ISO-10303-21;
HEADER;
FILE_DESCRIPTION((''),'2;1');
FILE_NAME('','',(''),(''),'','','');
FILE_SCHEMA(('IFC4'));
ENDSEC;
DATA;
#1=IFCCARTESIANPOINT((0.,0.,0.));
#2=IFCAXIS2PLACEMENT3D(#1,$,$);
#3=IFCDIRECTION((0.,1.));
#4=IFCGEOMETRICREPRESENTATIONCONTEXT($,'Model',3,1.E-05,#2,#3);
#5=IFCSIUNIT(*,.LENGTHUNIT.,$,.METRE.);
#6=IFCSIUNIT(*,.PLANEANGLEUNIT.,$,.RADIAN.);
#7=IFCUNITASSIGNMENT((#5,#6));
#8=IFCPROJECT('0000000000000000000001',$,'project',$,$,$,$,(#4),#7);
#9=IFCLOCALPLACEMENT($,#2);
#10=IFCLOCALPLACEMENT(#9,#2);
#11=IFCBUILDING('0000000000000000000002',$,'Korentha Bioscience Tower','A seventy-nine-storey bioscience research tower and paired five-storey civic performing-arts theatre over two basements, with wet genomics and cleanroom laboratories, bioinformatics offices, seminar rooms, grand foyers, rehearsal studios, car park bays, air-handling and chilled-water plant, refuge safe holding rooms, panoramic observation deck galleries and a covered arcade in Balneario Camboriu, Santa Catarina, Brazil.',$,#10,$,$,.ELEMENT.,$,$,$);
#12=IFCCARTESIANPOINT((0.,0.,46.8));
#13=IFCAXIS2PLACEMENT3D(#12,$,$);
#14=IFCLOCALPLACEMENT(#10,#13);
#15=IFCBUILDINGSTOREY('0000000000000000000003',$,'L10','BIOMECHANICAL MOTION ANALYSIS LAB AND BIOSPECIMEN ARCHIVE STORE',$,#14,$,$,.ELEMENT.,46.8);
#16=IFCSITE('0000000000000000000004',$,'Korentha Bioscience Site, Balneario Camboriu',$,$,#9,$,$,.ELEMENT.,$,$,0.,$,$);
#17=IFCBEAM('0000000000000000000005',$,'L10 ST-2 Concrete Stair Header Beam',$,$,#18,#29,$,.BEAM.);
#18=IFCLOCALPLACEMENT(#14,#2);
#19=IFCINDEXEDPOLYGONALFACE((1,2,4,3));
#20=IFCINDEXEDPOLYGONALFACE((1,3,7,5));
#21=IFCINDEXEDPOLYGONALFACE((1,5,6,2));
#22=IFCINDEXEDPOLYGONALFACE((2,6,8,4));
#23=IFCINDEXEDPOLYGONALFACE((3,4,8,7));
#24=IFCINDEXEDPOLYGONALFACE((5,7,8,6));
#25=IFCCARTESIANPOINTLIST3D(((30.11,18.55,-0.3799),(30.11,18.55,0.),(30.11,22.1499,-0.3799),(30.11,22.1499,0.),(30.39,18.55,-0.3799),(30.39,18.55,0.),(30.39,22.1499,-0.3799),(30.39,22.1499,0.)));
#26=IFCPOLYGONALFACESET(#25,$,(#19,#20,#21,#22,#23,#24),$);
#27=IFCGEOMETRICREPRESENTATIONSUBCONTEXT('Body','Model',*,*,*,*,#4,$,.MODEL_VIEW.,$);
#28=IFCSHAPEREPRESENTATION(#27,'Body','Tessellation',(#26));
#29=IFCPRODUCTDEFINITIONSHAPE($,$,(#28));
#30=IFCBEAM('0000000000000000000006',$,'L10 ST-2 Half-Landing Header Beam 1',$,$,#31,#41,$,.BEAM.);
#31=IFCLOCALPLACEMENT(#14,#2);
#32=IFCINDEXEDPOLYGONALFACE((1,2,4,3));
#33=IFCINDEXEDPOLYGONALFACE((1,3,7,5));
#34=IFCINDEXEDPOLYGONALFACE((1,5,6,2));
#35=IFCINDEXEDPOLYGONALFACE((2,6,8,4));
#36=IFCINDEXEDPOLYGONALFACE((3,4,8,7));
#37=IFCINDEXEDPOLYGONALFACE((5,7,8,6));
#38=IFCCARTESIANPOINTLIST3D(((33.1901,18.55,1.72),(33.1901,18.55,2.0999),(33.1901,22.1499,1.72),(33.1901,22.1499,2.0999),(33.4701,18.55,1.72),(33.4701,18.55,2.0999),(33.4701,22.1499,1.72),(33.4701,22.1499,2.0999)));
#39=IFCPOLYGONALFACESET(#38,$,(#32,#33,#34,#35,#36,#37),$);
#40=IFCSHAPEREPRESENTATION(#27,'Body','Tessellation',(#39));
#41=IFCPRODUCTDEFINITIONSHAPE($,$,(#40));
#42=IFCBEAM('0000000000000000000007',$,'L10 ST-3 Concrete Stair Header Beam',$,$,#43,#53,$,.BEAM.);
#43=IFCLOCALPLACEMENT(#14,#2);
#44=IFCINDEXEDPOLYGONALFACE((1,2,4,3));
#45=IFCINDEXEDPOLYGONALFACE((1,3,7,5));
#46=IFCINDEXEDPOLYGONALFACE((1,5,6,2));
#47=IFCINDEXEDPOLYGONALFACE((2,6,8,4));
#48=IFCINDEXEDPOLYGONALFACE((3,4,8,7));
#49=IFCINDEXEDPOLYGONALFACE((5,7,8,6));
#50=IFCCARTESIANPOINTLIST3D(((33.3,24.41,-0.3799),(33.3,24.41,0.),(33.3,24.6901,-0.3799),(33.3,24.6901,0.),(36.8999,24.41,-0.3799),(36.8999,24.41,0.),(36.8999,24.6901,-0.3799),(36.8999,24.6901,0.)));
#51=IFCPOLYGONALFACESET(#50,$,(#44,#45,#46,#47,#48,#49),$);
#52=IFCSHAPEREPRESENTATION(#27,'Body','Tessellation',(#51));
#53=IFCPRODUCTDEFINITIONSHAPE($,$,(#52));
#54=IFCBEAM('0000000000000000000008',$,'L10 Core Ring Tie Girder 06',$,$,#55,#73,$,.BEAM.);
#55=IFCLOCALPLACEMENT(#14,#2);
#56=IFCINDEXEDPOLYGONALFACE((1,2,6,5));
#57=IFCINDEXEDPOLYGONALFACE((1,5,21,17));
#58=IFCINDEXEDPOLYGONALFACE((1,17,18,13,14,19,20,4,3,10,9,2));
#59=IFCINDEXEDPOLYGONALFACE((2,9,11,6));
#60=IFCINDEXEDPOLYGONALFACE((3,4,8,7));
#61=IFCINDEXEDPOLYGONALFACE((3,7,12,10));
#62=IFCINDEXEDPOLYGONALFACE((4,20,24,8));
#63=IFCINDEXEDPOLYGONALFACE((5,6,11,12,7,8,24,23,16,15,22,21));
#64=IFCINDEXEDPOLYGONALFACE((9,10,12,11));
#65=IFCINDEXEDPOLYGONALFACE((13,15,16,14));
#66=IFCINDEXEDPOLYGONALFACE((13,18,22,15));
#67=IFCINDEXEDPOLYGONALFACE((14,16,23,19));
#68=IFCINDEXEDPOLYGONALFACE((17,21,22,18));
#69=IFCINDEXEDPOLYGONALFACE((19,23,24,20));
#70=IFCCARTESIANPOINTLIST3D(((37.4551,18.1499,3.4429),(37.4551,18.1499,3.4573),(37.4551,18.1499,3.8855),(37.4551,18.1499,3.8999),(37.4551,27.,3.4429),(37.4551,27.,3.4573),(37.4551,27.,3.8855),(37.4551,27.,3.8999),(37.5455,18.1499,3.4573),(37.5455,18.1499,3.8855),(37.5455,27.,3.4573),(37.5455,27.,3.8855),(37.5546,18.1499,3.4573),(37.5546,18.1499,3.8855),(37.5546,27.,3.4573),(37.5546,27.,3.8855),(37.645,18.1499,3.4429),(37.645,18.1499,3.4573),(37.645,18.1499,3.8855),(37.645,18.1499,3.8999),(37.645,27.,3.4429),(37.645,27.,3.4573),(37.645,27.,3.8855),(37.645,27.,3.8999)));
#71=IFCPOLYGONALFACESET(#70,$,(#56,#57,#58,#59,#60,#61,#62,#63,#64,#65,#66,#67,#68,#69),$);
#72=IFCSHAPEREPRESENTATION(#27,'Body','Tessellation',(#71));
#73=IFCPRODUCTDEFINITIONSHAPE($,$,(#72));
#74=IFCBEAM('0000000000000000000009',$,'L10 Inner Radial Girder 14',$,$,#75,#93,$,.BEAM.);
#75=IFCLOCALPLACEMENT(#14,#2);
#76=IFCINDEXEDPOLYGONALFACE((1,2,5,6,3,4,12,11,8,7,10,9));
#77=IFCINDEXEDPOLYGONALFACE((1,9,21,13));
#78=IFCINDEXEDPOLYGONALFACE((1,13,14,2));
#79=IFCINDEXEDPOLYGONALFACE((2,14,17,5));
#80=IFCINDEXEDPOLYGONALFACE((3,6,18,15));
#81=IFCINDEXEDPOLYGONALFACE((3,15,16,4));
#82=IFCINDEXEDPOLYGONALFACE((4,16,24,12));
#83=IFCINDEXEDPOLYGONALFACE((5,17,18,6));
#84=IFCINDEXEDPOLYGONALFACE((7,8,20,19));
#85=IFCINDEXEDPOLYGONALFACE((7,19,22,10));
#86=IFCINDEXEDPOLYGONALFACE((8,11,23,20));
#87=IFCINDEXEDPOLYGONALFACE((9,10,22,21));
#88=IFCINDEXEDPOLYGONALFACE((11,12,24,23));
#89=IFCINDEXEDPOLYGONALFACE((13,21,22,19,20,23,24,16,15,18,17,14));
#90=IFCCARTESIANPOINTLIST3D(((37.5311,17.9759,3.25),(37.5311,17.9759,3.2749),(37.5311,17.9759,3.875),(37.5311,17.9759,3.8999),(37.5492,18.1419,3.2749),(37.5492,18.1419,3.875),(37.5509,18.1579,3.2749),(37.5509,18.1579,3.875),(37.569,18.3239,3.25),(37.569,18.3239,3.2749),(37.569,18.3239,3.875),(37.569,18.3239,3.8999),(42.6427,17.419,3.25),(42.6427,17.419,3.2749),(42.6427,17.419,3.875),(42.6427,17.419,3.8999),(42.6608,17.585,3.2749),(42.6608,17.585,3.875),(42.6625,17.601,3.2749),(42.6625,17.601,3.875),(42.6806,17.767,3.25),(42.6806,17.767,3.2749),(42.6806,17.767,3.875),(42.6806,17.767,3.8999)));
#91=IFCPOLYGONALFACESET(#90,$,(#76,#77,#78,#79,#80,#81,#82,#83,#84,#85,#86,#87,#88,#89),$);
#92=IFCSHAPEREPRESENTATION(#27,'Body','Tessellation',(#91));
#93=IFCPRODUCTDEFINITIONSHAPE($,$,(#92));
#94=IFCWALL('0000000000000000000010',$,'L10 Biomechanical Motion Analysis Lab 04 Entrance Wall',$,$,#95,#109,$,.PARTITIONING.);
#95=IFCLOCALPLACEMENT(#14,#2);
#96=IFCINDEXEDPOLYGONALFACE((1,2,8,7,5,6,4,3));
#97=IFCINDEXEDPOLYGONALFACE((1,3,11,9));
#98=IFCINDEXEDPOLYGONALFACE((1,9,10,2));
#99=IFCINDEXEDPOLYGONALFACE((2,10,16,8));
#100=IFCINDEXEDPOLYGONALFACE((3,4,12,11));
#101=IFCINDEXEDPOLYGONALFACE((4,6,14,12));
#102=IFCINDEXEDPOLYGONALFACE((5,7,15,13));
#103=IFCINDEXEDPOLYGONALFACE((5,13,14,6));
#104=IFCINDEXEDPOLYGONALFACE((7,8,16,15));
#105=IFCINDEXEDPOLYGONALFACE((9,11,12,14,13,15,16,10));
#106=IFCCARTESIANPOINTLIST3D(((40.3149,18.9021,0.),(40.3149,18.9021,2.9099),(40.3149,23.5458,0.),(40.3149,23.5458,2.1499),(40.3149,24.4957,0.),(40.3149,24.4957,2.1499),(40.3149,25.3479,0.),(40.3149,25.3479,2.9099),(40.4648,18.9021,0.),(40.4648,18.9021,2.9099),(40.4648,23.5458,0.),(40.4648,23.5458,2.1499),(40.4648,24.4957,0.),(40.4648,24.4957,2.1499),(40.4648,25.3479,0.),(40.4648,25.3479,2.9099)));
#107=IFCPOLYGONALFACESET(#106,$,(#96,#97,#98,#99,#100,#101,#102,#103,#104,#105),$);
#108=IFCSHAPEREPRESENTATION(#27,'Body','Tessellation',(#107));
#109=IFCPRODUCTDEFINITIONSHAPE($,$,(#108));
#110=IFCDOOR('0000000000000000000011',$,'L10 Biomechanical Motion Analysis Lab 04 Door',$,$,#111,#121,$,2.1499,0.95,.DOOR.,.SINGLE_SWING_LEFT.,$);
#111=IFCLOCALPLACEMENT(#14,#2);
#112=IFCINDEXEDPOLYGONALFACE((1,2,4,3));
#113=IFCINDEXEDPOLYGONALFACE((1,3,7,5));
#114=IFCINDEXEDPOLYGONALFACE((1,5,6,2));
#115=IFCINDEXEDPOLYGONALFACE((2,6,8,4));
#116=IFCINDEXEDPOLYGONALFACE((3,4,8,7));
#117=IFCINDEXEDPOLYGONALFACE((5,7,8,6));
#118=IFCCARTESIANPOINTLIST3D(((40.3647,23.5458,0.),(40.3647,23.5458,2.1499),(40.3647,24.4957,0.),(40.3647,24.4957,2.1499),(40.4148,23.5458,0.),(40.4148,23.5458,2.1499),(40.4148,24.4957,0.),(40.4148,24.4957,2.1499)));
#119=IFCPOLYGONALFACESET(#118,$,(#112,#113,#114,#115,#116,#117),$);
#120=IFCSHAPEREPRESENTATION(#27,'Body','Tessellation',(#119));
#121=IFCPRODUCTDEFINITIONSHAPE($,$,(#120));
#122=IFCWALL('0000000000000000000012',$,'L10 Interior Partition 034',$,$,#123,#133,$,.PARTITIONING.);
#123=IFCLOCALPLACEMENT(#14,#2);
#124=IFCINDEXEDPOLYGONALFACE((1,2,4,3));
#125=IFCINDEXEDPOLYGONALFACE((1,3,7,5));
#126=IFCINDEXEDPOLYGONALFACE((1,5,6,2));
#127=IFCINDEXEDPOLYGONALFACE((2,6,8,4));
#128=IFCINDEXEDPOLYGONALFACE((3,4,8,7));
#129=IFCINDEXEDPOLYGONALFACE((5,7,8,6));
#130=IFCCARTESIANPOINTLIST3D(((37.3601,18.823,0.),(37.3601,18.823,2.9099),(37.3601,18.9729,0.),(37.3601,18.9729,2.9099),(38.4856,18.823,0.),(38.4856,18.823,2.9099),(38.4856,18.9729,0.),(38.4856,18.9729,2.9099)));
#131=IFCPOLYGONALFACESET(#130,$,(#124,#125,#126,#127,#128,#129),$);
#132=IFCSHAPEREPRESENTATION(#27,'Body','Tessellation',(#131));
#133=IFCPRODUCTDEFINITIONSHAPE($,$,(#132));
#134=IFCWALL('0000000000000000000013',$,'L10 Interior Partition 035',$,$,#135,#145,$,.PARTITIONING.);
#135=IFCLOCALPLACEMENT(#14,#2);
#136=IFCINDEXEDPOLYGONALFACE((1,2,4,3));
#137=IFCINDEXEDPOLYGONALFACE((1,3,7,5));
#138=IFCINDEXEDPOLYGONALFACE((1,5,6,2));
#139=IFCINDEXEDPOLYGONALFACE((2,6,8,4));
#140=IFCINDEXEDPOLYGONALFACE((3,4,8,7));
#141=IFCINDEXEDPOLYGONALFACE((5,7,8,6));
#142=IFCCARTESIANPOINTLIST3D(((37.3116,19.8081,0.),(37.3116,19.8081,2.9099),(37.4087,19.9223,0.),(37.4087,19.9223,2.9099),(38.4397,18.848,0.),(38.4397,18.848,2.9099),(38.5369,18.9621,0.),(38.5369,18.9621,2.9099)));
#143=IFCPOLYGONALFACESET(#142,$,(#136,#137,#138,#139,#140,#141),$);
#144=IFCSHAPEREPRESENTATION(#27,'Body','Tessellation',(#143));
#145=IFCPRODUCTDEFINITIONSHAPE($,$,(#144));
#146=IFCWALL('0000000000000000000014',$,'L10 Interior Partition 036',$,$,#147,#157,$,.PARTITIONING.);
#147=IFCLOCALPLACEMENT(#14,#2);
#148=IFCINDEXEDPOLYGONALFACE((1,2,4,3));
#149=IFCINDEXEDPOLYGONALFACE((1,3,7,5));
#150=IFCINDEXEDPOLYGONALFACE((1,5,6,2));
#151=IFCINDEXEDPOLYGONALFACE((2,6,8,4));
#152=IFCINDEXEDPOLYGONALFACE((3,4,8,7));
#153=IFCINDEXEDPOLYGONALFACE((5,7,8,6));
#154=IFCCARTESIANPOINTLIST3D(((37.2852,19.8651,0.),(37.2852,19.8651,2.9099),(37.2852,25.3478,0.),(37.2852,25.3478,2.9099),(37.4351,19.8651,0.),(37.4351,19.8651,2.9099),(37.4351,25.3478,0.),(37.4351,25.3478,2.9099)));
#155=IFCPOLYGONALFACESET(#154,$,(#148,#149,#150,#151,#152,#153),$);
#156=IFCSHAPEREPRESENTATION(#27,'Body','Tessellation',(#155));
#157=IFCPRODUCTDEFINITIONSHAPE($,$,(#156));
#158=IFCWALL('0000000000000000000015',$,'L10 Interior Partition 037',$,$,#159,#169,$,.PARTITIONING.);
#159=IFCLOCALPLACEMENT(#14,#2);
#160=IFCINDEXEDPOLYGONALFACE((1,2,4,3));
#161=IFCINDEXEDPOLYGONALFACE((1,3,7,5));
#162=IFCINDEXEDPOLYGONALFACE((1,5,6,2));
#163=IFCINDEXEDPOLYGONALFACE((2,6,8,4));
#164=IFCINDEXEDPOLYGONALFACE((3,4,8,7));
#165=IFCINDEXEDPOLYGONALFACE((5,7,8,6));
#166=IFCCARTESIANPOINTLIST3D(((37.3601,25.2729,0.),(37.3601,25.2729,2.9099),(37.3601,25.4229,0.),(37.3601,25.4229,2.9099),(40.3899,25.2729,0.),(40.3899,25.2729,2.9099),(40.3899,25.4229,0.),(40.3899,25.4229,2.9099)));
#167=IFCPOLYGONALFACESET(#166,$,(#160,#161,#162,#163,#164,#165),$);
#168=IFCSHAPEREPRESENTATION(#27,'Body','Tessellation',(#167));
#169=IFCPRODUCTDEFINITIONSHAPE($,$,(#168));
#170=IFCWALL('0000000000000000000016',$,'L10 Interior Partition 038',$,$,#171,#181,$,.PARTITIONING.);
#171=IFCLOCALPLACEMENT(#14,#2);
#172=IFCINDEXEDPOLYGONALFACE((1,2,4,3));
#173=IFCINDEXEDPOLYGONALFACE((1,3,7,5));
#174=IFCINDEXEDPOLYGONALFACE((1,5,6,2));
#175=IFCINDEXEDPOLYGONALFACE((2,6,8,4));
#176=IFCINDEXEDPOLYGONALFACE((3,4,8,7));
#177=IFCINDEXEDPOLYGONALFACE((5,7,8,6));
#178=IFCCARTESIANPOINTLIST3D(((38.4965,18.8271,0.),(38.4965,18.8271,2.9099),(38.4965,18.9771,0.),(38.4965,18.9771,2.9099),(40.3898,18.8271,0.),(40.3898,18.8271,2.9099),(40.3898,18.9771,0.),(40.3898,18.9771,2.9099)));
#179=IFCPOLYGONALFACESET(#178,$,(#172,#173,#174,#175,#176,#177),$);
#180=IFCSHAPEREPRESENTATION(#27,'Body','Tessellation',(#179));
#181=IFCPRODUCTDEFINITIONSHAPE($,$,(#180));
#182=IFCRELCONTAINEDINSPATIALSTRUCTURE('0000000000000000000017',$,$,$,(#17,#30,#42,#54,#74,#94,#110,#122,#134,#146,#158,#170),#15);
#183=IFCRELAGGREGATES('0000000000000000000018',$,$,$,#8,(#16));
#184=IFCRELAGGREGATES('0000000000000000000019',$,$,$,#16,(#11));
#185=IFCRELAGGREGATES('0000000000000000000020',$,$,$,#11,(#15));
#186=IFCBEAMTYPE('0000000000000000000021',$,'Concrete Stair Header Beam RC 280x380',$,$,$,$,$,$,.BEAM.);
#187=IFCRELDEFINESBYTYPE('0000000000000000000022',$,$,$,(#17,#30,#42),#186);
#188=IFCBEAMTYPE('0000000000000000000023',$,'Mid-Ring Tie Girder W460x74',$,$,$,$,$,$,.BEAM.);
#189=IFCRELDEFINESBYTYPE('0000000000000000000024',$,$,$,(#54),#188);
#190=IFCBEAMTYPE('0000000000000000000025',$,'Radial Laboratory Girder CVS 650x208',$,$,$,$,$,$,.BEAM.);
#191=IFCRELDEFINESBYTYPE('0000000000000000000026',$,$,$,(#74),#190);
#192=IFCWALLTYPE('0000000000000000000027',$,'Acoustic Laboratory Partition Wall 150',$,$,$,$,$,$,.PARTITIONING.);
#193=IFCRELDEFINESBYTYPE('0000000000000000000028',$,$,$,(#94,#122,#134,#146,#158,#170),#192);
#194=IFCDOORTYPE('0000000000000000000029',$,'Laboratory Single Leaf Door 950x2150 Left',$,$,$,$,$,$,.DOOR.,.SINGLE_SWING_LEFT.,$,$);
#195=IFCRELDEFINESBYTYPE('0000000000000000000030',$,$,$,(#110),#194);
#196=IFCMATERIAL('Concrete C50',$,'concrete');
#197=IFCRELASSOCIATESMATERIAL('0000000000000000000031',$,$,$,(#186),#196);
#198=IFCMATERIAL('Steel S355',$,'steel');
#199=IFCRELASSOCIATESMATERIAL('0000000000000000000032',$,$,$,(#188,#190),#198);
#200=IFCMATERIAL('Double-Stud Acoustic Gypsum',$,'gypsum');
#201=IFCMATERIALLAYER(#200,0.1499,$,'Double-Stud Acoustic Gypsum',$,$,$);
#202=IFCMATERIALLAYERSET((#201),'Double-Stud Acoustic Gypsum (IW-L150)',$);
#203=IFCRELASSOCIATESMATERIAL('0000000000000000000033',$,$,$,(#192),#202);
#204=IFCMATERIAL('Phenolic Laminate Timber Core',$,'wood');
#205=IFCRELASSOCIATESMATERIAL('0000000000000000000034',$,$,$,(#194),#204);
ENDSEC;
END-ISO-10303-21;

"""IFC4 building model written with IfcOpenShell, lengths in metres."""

from ifc_helpers import new_model, si_unit, direction, frame, frame_2d, origin, origin_2d, place, context, subcontext, project, spatial, rectangle, i_section, extrude, material, layer, layer_set, material_profile, profile_set, type_object, element, fill, save


model = new_model("IFC4")

# Units and contexts
model_context = context("Model", 3, precision=1e-05, world=origin(), true_north=direction((0.0, 1.0)))
body_context = subcontext(model_context, "Body", "Model", "MODEL_VIEW")
ifc_project = project(units=[si_unit("LENGTHUNIT", "METRE"), si_unit("PLANEANGLEUNIT", "RADIAN")], contexts=[model_context])

# Site, building, storey
site_placement = place(None, origin())
site = spatial("IfcSite", under=ifc_project, at=site_placement, Name="Korentha Bioscience Site, Balneario Camboriu", CompositionType="ELEMENT", RefElevation=0.0)
building_placement = place(site_placement, origin())
building = spatial("IfcBuilding", under=site, at=building_placement, Name="Korentha Bioscience Tower", Description="A seventy-nine-storey bioscience research tower and paired five-storey civic performing-arts theatre over two basements, with wet genomics and cleanroom laboratories, bioinformatics offices, seminar rooms, grand foyers, rehearsal studios, car park bays, air-handling and chilled-water plant, refuge safe holding rooms, panoramic observation deck galleries and a covered arcade in Balneario Camboriu, Santa Catarina, Brazil.", CompositionType="ELEMENT")
storey_placement = place(building_placement, frame((0.0, 0.0, 46.8)))
storey = spatial("IfcBuildingStorey", under=building, at=storey_placement, Name="L10", Description="BIOMECHANICAL MOTION ANALYSIS LAB AND BIOSPECIMEN ARCHIVE STORE", CompositionType="ELEMENT", Elevation=46.8)

# Beams
ifc_material_1 = material(Name="Concrete C50", Category="concrete")
ifc_material_profile_1 = material_profile(ifc_material_1, rectangle(XDim=0.28, YDim=0.3799, at=origin_2d()), Name="Concrete C50")
ifc_profile_set_1 = profile_set([ifc_material_profile_1], Name="Concrete C50 (ST-HB380)")
beam_type_1 = type_object("IfcBeamType", Name="Concrete Stair Header Beam RC 280x380", PredefinedType="BEAM", material=ifc_profile_set_1)
for number, where, z_axis, x_axis, name in (
    (1, (30.25, 18.55, -0.1899), (0.0, 1.0, 0.0), (-1.0, 0.0, 0.0), "L10 ST-2 Concrete Stair Header Beam"),
    (2, (33.3301, 18.55, 1.9099), (0.0, 1.0, 0.0), (-1.0, 0.0, 0.0), "L10 ST-2 Half-Landing Header Beam 1"),
    (3, (36.8999, 24.55, -0.1899), (-1.0, 0.0, 0.0), (0.0, -1.0, 0.0), "L10 ST-3 Concrete Stair Header Beam"),
):
    element("IfcBeam", number, at=place(storey_placement, frame(where, z_axis=z_axis, x_axis=x_axis)), inside=storey, type_object=beam_type_1, Name=name, PredefinedType="BEAM", context=body_context, shape_type="SweptSolid", body=[
        extrude(rectangle(XDim=0.28, YDim=0.3799, at=origin_2d()), origin(), (0.0, 0.0, 1.0), 3.5999),
    ])
ifc_material_2 = material(Name="Steel S355", Category="steel")
ifc_material_profile_2 = material_profile(ifc_material_2, i_section(OverallWidth=0.1899, OverallDepth=0.457, WebThickness=0.009, FlangeThickness=0.0144, at=origin_2d()), Name="Steel S355")
ifc_profile_set_2 = profile_set([ifc_material_profile_2], Name="Steel S355 (MB-460)")
beam_type_2 = type_object("IfcBeamType", Name="Mid-Ring Tie Girder W460x74", PredefinedType="BEAM", material=ifc_profile_set_2)
beam_1_placement = place(storey_placement, frame((37.55, 18.1499, 3.6714), z_axis=(0.0, 1.0, 0.0), x_axis=(-1.0, 0.0, 0.0)))
element("IfcBeam", 4, at=beam_1_placement, inside=storey, type_object=beam_type_2, Name="L10 Core Ring Tie Girder 06", PredefinedType="BEAM", context=body_context, shape_type="SweptSolid", body=[
    extrude(i_section(OverallWidth=0.1899, OverallDepth=0.457, WebThickness=0.009, FlangeThickness=0.0144, at=origin_2d()), origin(), (0.0, 0.0, 1.0), 8.8501),
])
ifc_material_profile_3 = material_profile(ifc_material_2, i_section(OverallWidth=0.3501, OverallDepth=0.6499, WebThickness=0.0161, FlangeThickness=0.0249, at=origin_2d()), Name="Steel S355")
ifc_profile_set_3 = profile_set([ifc_material_profile_3], Name="Steel S355 (RB-650)")
beam_type_3 = type_object("IfcBeamType", Name="Radial Laboratory Girder CVS 650x208", PredefinedType="BEAM", material=ifc_profile_set_3)
beam_2_placement = place(storey_placement, frame((37.55, 18.1499, 3.575), z_axis=(0.994118, -0.108305, 0.0), x_axis=(0.108305, 0.994118, 0.0)))
element("IfcBeam", 5, at=beam_2_placement, inside=storey, type_object=beam_type_3, Name="L10 Inner Radial Girder 14", PredefinedType="BEAM", context=body_context, shape_type="SweptSolid", body=[
    extrude(i_section(OverallWidth=0.3501, OverallDepth=0.6499, WebThickness=0.0161, FlangeThickness=0.0249, at=origin_2d()), origin(), (0.0, 0.0, 1.0), 5.1418),
])

# Wall, opening, door
ifc_material_3 = material(Name="Double-Stud Acoustic Gypsum", Category="gypsum")
ifc_layer_1 = layer(ifc_material_3, 0.1499, Name="Double-Stud Acoustic Gypsum")
ifc_layer_set_1 = layer_set([ifc_layer_1], Name="Double-Stud Acoustic Gypsum (IW-L150)")
wall_type_1 = type_object("IfcWallType", Name="Acoustic Laboratory Partition Wall 150", PredefinedType="PARTITIONING", material=ifc_layer_set_1)
wall_1_placement = place(storey_placement, frame((40.3899, 25.3479, 0.0), z_axis=(0.0, 0.0, 1.0), x_axis=(0.0, -1.0, 0.0)))
wall_1 = element("IfcWall", 6, at=wall_1_placement, inside=storey, type_object=wall_type_1, Name="L10 Biomechanical Motion Analysis Lab 04 Entrance Wall", PredefinedType="PARTITIONING", context=body_context, shape_type="SweptSolid", body=[
    extrude(rectangle(XDim=6.4458, YDim=0.1499, at=frame_2d((3.2229, 0.0))), origin(), (0.0, 0.0, 1.0), 2.9099),
])
opening_1_placement = place(wall_1_placement, frame((0.8521, 0.0, 0.0)))
opening_1 = element("IfcOpeningElement", 7, at=opening_1_placement, cuts=wall_1, PredefinedType="OPENING", context=body_context, shape_type="SweptSolid", body=[
    extrude(rectangle(XDim=0.95, YDim=2.1499, at=frame_2d((0.4751, 1.075))), frame((0.0, 0.0898, 0.0), z_axis=(0.0, -1.0, 0.0), x_axis=(1.0, 0.0, 0.0)), (0.0, 0.0, 1.0), 0.1797),
])
ifc_material_4 = material(Name="Phenolic Laminate Timber Core", Category="wood")
door_type_1 = type_object("IfcDoorType", Name="Laboratory Single Leaf Door 950x2150 Left", OperationType="SINGLE_SWING_LEFT", PredefinedType="DOOR", material=ifc_material_4)
door_1_placement = place(opening_1_placement, origin())
door_1 = element("IfcDoor", 8, at=door_1_placement, inside=storey, type_object=door_type_1, Name="L10 Biomechanical Motion Analysis Lab 04 Door", OperationType="SINGLE_SWING_LEFT", OverallHeight=2.1499, OverallWidth=0.95, PredefinedType="DOOR", context=body_context, shape_type="SweptSolid", body=[
    extrude(rectangle(XDim=0.95, YDim=2.1499, at=frame_2d((0.4751, 1.075))), frame((0.0, 0.0249, 0.0), z_axis=(0.0, -1.0, 0.0), x_axis=(1.0, 0.0, 0.0)), (0.0, 0.0, 1.0), 0.05),
])
fill(opening_1, door_1)

# Walls
wall_2_placement = place(storey_placement, frame((37.3601, 18.8979, 0.0), z_axis=(0.0, 0.0, 1.0), x_axis=(1.0, 0.0, 0.0)))
element("IfcWall", 9, at=wall_2_placement, inside=storey, type_object=wall_type_1, Name="L10 Interior Partition 034", PredefinedType="PARTITIONING", context=body_context, shape_type="SweptSolid", body=[
    extrude(rectangle(XDim=1.1255, YDim=0.1499, at=frame_2d((0.5627, 0.0))), origin(), (0.0, 0.0, 1.0), 2.9099),
])
wall_3_placement = place(storey_placement, frame((38.4883, 18.905, 0.0), z_axis=(0.0, 0.0, 1.0), x_axis=(-0.76152, 0.648141, 0.0)))
element("IfcWall", 10, at=wall_3_placement, inside=storey, type_object=wall_type_1, Name="L10 Interior Partition 035", PredefinedType="PARTITIONING", context=body_context, shape_type="SweptSolid", body=[
    extrude(rectangle(XDim=1.4814, YDim=0.1499, at=frame_2d((0.7407, 0.0))), origin(), (0.0, 0.0, 1.0), 2.9099),
])
wall_4_placement = place(storey_placement, frame((37.3601, 19.8652, 0.0), z_axis=(0.0, 0.0, 1.0), x_axis=(0.0, 1.0, 0.0)))
element("IfcWall", 11, at=wall_4_placement, inside=storey, type_object=wall_type_1, Name="L10 Interior Partition 036", PredefinedType="PARTITIONING", context=body_context, shape_type="SweptSolid", body=[
    extrude(rectangle(XDim=5.4827, YDim=0.1499, at=frame_2d((2.7412, 0.0))), origin(), (0.0, 0.0, 1.0), 2.9099),
])
wall_5_placement = place(storey_placement, frame((37.3601, 25.3479, 0.0), z_axis=(0.0, 0.0, 1.0), x_axis=(1.0, 0.0, 0.0)))
element("IfcWall", 12, at=wall_5_placement, inside=storey, type_object=wall_type_1, Name="L10 Interior Partition 037", PredefinedType="PARTITIONING", context=body_context, shape_type="SweptSolid", body=[
    extrude(rectangle(XDim=3.0298, YDim=0.1499, at=frame_2d((1.5149, 0.0))), origin(), (0.0, 0.0, 1.0), 2.9099),
])
wall_6_placement = place(storey_placement, frame((40.3899, 18.9021, 0.0), z_axis=(0.0, 0.0, 1.0), x_axis=(-1.0, 0.0, 0.0)))
element("IfcWall", 13, at=wall_6_placement, inside=storey, type_object=wall_type_1, Name="L10 Interior Partition 038", PredefinedType="PARTITIONING", context=body_context, shape_type="SweptSolid", body=[
    extrude(rectangle(XDim=1.8933, YDim=0.1499, at=frame_2d((0.9468, 0.0))), origin(), (0.0, 0.0, 1.0), 2.9099),
])

save(model, "model.ifc")
